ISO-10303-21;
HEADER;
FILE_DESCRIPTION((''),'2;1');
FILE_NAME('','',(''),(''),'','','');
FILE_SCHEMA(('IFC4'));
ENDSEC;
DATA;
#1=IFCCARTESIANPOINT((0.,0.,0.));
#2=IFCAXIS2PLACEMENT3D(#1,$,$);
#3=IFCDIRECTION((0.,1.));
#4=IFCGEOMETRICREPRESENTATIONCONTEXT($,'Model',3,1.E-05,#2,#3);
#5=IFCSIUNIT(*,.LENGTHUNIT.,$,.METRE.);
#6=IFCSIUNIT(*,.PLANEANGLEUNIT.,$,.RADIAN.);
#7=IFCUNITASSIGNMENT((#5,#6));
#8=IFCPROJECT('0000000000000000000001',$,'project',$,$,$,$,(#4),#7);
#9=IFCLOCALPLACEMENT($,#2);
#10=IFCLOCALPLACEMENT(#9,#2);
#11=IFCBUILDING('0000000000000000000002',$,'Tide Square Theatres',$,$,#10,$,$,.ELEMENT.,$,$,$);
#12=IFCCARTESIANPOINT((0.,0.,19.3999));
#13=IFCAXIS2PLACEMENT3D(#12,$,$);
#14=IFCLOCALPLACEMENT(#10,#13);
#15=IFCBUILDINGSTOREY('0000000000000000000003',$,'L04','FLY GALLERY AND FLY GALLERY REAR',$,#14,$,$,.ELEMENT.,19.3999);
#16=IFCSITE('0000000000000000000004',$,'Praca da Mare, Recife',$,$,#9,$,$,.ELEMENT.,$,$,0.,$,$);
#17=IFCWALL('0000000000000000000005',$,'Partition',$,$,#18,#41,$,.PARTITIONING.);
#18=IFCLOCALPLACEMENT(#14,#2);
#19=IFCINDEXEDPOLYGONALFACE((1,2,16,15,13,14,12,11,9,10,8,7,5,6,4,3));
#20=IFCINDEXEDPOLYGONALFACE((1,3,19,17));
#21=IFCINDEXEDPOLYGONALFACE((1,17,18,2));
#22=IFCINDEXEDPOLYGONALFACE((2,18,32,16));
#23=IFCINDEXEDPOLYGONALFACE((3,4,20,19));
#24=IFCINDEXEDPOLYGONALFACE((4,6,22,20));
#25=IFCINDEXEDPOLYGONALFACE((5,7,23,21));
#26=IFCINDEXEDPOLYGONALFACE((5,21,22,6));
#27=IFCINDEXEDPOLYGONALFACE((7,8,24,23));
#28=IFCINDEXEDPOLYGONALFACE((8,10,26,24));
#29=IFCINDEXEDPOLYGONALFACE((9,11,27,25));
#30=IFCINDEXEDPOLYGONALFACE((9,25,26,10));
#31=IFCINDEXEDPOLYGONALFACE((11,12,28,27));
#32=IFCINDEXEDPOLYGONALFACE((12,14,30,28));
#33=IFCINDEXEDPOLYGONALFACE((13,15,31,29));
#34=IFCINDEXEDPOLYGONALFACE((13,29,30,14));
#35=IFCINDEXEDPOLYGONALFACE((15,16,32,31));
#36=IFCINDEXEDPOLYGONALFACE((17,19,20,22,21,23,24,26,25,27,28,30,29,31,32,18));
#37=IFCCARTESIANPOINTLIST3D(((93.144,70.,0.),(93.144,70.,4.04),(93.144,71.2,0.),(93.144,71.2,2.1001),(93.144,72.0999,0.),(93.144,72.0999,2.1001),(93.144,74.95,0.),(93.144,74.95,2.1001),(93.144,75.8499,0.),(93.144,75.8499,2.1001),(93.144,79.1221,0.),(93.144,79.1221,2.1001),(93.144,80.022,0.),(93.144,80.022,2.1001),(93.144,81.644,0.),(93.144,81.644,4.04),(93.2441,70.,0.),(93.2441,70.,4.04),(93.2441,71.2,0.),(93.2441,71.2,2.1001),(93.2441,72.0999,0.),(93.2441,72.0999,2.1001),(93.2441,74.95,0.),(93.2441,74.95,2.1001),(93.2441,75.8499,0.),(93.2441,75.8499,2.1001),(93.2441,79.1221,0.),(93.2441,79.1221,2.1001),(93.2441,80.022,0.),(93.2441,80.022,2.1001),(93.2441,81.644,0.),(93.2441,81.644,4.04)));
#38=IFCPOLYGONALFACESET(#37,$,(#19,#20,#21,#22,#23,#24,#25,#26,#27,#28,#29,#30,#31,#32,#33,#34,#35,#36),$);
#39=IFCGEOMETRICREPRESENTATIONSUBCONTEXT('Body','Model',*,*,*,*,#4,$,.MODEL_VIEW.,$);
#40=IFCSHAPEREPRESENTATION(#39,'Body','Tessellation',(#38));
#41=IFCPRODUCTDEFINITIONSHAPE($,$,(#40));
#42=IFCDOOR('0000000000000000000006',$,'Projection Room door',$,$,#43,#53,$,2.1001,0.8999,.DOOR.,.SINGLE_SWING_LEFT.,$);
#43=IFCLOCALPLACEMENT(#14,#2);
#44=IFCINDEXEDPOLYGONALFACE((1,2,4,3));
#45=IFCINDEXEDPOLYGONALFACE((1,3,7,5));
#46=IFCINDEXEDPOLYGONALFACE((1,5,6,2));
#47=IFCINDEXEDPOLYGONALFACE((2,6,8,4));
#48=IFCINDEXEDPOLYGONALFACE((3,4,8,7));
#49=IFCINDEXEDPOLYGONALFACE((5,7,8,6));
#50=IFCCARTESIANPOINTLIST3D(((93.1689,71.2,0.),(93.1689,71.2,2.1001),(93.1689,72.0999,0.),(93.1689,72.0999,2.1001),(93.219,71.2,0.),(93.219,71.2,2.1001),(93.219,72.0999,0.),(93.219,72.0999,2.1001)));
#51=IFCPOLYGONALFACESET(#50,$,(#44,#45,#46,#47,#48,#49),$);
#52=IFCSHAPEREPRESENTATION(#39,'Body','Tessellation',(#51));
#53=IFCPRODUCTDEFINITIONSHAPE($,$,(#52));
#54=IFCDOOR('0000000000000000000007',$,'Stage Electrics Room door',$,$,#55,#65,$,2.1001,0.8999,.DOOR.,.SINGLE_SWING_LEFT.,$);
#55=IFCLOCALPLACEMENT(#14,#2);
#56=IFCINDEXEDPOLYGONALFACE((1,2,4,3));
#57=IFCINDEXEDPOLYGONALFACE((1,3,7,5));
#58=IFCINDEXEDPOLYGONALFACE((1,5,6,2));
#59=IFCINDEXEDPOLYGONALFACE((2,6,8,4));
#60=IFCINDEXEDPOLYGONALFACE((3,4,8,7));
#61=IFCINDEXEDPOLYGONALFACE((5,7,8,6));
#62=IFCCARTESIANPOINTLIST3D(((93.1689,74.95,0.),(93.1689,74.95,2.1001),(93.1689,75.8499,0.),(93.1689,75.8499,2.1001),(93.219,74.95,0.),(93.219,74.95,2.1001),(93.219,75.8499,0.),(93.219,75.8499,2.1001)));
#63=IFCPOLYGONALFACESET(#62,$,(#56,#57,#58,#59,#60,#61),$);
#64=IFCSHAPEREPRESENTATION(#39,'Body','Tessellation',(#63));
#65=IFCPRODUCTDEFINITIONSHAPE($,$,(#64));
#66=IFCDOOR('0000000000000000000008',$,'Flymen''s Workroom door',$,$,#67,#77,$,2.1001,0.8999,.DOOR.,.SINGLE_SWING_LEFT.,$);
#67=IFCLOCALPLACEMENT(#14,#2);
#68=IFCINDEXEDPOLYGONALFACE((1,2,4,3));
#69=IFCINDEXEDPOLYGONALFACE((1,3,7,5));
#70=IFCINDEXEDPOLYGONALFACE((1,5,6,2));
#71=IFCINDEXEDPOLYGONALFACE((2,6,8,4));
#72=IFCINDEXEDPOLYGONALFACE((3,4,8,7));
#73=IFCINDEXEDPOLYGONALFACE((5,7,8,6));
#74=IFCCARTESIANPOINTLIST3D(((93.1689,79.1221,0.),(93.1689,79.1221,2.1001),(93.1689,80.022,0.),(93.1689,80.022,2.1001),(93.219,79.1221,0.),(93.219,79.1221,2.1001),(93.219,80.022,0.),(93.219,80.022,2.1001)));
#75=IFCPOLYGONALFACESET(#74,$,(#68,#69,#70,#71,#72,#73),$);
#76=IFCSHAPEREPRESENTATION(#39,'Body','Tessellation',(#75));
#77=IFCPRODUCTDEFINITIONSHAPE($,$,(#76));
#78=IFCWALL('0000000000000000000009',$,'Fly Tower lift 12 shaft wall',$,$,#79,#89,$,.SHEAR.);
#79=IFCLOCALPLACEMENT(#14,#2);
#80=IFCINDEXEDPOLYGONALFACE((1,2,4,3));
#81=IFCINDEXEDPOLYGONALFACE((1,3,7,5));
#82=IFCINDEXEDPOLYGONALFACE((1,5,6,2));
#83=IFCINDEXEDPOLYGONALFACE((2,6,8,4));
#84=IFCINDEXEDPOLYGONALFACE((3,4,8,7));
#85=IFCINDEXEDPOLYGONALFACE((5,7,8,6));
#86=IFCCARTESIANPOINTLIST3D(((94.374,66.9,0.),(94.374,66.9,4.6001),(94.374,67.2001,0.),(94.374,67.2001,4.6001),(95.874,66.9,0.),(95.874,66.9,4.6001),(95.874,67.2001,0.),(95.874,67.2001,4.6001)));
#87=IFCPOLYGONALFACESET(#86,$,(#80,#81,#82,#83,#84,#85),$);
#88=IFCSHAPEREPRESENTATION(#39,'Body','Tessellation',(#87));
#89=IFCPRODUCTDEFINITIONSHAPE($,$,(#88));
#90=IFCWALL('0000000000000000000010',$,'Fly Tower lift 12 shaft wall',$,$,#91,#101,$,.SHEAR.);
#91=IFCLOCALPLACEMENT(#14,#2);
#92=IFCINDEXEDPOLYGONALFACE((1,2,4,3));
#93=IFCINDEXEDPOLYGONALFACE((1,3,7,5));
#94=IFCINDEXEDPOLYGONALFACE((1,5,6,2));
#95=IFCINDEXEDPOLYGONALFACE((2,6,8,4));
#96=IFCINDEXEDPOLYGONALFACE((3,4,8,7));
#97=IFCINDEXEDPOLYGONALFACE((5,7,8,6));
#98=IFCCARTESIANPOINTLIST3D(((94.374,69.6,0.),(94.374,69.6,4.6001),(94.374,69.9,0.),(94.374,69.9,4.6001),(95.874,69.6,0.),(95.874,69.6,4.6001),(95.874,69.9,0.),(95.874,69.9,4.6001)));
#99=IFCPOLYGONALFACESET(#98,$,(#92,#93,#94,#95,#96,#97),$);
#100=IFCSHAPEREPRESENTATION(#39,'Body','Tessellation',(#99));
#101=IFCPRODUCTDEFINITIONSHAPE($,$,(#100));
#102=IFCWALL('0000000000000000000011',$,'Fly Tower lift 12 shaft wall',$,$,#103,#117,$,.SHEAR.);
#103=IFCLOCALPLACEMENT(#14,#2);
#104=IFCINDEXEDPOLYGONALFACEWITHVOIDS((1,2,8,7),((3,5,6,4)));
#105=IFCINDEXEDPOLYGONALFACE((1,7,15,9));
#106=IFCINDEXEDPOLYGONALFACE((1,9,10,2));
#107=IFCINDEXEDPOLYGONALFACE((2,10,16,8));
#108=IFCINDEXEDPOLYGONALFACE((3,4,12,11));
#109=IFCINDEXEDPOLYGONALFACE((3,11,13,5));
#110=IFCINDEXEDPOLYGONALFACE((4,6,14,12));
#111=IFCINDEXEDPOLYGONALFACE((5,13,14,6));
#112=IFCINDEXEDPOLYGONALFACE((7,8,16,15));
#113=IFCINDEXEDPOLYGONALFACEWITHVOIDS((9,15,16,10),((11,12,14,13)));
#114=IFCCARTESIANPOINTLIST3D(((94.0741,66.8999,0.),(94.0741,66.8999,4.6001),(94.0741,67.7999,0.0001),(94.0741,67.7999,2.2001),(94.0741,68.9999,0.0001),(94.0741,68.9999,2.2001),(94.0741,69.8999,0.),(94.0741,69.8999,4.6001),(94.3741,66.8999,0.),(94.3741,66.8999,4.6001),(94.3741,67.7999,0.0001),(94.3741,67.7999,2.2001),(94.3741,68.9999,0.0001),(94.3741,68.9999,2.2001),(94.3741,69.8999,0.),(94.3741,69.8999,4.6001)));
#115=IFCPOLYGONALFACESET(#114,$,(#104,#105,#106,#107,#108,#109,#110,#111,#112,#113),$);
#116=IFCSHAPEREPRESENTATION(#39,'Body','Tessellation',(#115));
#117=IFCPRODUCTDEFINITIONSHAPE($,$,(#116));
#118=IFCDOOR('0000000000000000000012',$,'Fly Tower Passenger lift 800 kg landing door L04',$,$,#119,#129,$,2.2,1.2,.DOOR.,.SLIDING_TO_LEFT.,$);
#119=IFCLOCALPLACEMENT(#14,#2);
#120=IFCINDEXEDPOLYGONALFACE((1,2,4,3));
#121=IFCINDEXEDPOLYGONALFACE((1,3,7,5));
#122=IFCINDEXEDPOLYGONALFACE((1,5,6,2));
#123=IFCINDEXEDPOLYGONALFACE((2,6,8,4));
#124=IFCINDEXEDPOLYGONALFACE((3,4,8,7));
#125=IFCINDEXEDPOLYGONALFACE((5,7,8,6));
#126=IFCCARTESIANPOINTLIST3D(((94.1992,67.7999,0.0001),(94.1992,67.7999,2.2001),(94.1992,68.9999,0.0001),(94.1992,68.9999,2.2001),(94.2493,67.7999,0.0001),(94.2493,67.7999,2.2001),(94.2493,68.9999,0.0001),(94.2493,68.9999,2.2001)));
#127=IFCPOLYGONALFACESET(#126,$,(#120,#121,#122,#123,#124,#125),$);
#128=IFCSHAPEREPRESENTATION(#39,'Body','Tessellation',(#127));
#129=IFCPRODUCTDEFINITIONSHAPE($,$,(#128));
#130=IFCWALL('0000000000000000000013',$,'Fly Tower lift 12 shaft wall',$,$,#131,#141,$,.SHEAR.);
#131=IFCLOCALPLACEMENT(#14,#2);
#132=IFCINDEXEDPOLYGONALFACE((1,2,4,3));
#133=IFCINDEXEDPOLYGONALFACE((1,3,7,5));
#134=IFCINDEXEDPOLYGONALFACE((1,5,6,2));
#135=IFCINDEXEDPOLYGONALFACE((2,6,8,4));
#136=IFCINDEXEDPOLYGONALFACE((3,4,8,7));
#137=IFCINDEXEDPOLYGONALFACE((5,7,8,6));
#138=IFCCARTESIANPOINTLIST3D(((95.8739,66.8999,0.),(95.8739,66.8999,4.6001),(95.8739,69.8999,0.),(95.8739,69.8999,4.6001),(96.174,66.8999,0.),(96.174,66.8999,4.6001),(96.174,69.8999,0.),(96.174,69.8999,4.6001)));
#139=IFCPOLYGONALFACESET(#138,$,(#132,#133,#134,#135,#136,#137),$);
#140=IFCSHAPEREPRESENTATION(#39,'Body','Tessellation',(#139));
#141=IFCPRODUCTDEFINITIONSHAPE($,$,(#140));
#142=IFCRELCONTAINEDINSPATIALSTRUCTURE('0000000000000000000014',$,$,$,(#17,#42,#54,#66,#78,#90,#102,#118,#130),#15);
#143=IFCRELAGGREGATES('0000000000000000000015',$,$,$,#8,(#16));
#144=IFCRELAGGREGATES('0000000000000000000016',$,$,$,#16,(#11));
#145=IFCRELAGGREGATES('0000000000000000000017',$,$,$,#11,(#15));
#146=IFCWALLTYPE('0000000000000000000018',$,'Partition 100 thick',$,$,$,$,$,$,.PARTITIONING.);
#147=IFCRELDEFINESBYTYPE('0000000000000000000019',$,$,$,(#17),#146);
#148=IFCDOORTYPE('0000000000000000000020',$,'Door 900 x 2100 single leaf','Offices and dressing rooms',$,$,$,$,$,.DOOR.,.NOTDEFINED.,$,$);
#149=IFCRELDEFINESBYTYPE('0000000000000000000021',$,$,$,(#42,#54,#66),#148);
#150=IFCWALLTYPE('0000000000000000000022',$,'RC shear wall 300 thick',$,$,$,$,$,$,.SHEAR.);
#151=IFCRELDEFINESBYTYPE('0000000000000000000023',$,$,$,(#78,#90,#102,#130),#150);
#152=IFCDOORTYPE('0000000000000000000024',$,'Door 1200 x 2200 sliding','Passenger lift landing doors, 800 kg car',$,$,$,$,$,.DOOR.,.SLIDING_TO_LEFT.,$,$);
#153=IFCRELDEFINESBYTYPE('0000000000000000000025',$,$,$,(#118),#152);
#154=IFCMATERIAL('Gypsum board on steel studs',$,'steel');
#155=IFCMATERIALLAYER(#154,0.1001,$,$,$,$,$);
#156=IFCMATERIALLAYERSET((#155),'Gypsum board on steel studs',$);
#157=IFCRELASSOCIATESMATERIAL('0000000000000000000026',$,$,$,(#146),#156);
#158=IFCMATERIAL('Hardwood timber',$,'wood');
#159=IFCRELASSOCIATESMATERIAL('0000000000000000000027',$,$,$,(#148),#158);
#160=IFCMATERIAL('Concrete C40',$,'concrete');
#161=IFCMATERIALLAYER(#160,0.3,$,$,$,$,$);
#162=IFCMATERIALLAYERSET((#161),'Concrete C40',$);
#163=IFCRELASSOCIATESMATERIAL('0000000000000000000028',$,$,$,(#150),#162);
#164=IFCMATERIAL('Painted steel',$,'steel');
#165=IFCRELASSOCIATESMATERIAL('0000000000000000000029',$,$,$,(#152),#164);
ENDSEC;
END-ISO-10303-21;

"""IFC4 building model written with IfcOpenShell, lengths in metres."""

from ifc_helpers import new_model, si_unit, direction, frame, frame_2d, origin, place, context, subcontext, project, spatial, rectangle, extrude, material, layer, layer_set, type_object, element, fill, save


model = new_model("IFC4")

# Units and contexts
model_context = context("Model", 3, precision=1e-05, world=origin(), true_north=direction((0.0, 1.0)))
body_context = subcontext(model_context, "Body", "Model", "MODEL_VIEW")
ifc_project = project(units=[si_unit("LENGTHUNIT", "METRE"), si_unit("PLANEANGLEUNIT", "RADIAN")], contexts=[model_context])

# Site, building, storey
site_placement = place(None, origin())
site = spatial("IfcSite", under=ifc_project, at=site_placement, Name="Praca da Mare, Recife", CompositionType="ELEMENT", RefElevation=0.0)
building_placement = place(site_placement, origin())
building = spatial("IfcBuilding", under=site, at=building_placement, Name="Tide Square Theatres", CompositionType="ELEMENT")
storey_placement = place(building_placement, frame((0.0, 0.0, 19.3999)))
storey = spatial("IfcBuildingStorey", under=building, at=storey_placement, Name="L04", Description="FLY GALLERY AND FLY GALLERY REAR", CompositionType="ELEMENT", Elevation=19.3999)

# Wall, openings, doors
ifc_material_1 = material(Name="Gypsum board on steel studs", Category="steel")
ifc_layer_1 = layer(ifc_material_1, 0.1001)
ifc_layer_set_1 = layer_set([ifc_layer_1], Name="Gypsum board on steel studs")
wall_type_1 = type_object("IfcWallType", Name="Partition 100 thick", PredefinedType="PARTITIONING", material=ifc_layer_set_1)
wall_1_placement = place(storey_placement, frame((93.1941, 70.0, 0.0), z_axis=(0.0, 0.0, 1.0), x_axis=(0.0, 1.0, 0.0)))
wall_1 = element("IfcWall", 1, at=wall_1_placement, inside=storey, type_object=wall_type_1, Name="Partition", PredefinedType="PARTITIONING", context=body_context, shape_type="SweptSolid", body=[
    extrude(rectangle(XDim=11.644, YDim=0.1001, at=frame_2d((5.822, 0.0))), origin(), (0.0, 0.0, 1.0), 4.04),
])
opening_1_placement = place(wall_1_placement, frame((1.2, 0.0, 0.0)))
opening_1 = element("IfcOpeningElement", 2, at=opening_1_placement, cuts=wall_1, PredefinedType="OPENING", context=body_context, shape_type="SweptSolid", body=[
    extrude(rectangle(XDim=0.8999, YDim=2.1001, at=frame_2d((0.45, 1.05))), frame((0.0, 0.0601, 0.0), z_axis=(0.0, -1.0, 0.0), x_axis=(1.0, 0.0, 0.0)), (0.0, 0.0, 1.0), 0.1201),
])
opening_2_placement = place(wall_1_placement, frame((4.95, 0.0, 0.0)))
opening_2 = element("IfcOpeningElement", 3, at=opening_2_placement, cuts=wall_1, PredefinedType="OPENING", context=body_context, shape_type="SweptSolid", body=[
    extrude(rectangle(XDim=0.8999, YDim=2.1001, at=frame_2d((0.45, 1.05))), frame((0.0, 0.0601, 0.0), z_axis=(0.0, -1.0, 0.0), x_axis=(1.0, 0.0, 0.0)), (0.0, 0.0, 1.0), 0.1201),
])
opening_3_placement = place(wall_1_placement, frame((9.1221, 0.0, 0.0)))
opening_3 = element("IfcOpeningElement", 4, at=opening_3_placement, cuts=wall_1, PredefinedType="OPENING", context=body_context, shape_type="SweptSolid", body=[
    extrude(rectangle(XDim=0.8999, YDim=2.1001, at=frame_2d((0.45, 1.05))), frame((0.0, 0.0601, 0.0), z_axis=(0.0, -1.0, 0.0), x_axis=(1.0, 0.0, 0.0)), (0.0, 0.0, 1.0), 0.1201),
])
ifc_material_2 = material(Name="Hardwood timber", Category="wood")
door_type_1 = type_object("IfcDoorType", Name="Door 900 x 2100 single leaf", Description="Offices and dressing rooms", OperationType="NOTDEFINED", PredefinedType="DOOR", material=ifc_material_2)
door_1_placement = place(opening_1_placement, frame((0.8999, 0.0, 0.0), z_axis=(0.0, 0.0, 1.0), x_axis=(-1.0, 0.0, 0.0)))
door_1 = element("IfcDoor", 5, at=door_1_placement, inside=storey, type_object=door_type_1, Name="Projection Room door", OperationType="SINGLE_SWING_LEFT", OverallHeight=2.1001, OverallWidth=0.8999, PredefinedType="DOOR", context=body_context, shape_type="SweptSolid", body=[
    extrude(rectangle(XDim=0.8999, YDim=2.1001, at=frame_2d((0.45, 1.05))), frame((0.0, 0.0249, 0.0), z_axis=(0.0, -1.0, 0.0), x_axis=(1.0, 0.0, 0.0)), (0.0, 0.0, 1.0), 0.05),
])
fill(opening_1, door_1)
door_2_placement = place(opening_2_placement, frame((0.8999, 0.0, 0.0), z_axis=(0.0, 0.0, 1.0), x_axis=(-1.0, 0.0, 0.0)))
door_2 = element("IfcDoor", 6, at=door_2_placement, inside=storey, type_object=door_type_1, Name="Stage Electrics Room door", OperationType="SINGLE_SWING_LEFT", OverallHeight=2.1001, OverallWidth=0.8999, PredefinedType="DOOR", context=body_context, shape_type="SweptSolid", body=[
    extrude(rectangle(XDim=0.8999, YDim=2.1001, at=frame_2d((0.45, 1.05))), frame((0.0, 0.0249, 0.0), z_axis=(0.0, -1.0, 0.0), x_axis=(1.0, 0.0, 0.0)), (0.0, 0.0, 1.0), 0.05),
])
fill(opening_2, door_2)
door_3_placement = place(opening_3_placement, frame((0.8999, 0.0, 0.0), z_axis=(0.0, 0.0, 1.0), x_axis=(-1.0, 0.0, 0.0)))
door_3 = element("IfcDoor", 7, at=door_3_placement, inside=storey, type_object=door_type_1, Name="Flymen's Workroom door", OperationType="SINGLE_SWING_LEFT", OverallHeight=2.1001, OverallWidth=0.8999, PredefinedType="DOOR", context=body_context, shape_type="SweptSolid", body=[
    extrude(rectangle(XDim=0.8999, YDim=2.1001, at=frame_2d((0.45, 1.05))), frame((0.0, 0.0249, 0.0), z_axis=(0.0, -1.0, 0.0), x_axis=(1.0, 0.0, 0.0)), (0.0, 0.0, 1.0), 0.05),
])
fill(opening_3, door_3)

# Walls
ifc_material_3 = material(Name="Concrete C40", Category="concrete")
ifc_layer_2 = layer(ifc_material_3, 0.3)
ifc_layer_set_2 = layer_set([ifc_layer_2], Name="Concrete C40")
wall_type_2 = type_object("IfcWallType", Name="RC shear wall 300 thick", PredefinedType="SHEAR", material=ifc_layer_set_2)
for number, where, z_axis, x_axis, name in (
    (8, (94.374, 67.05, 0.0), (0.0, 0.0, 1.0), (1.0, 0.0, 0.0), "Fly Tower lift 12 shaft wall"),
    (9, (95.874, 69.75, 0.0), (0.0, 0.0, 1.0), (-1.0, 0.0, 0.0), "Fly Tower lift 12 shaft wall"),
):
    element("IfcWall", number, at=place(storey_placement, frame(where, z_axis=z_axis, x_axis=x_axis)), inside=storey, type_object=wall_type_2, Name=name, PredefinedType="SHEAR", context=body_context, shape_type="SweptSolid", body=[
        extrude(rectangle(XDim=1.5, YDim=0.3, at=frame_2d((0.75, 0.0))), origin(), (0.0, 0.0, 1.0), 4.6001),
    ])

# Wall, opening, door
wall_2_placement = place(storey_placement, frame((94.2241, 66.8999, 0.0), z_axis=(0.0, 0.0, 1.0), x_axis=(0.0, 1.0, 0.0)))
wall_2 = element("IfcWall", 10, at=wall_2_placement, inside=storey, type_object=wall_type_2, Name="Fly Tower lift 12 shaft wall", PredefinedType="SHEAR", context=body_context, shape_type="SweptSolid", body=[
    extrude(rectangle(XDim=3.0, YDim=0.3, at=frame_2d((1.5, 0.0))), origin(), (0.0, 0.0, 1.0), 4.6001),
])
opening_4_placement = place(wall_2_placement, frame((0.8999, 0.0, 0.0)))
opening_4 = element("IfcOpeningElement", 11, at=opening_4_placement, cuts=wall_2, PredefinedType="OPENING", context=body_context, shape_type="SweptSolid", body=[
    extrude(rectangle(XDim=1.2, YDim=2.2, at=frame_2d((0.6001, 1.1001))), frame((0.0, 0.1599, 0.0), z_axis=(0.0, -1.0, 0.0), x_axis=(1.0, 0.0, 0.0)), (0.0, 0.0, 1.0), 0.3201),
])
ifc_material_4 = material(Name="Painted steel", Category="steel")
door_type_2 = type_object("IfcDoorType", Name="Door 1200 x 2200 sliding", Description="Passenger lift landing doors, 800 kg car", OperationType="SLIDING_TO_LEFT", PredefinedType="DOOR", material=ifc_material_4)
door_4_placement = place(opening_4_placement, origin())
door_4 = element("IfcDoor", 12, at=door_4_placement, inside=storey, type_object=door_type_2, Name="Fly Tower Passenger lift 800 kg landing door L04", OperationType="SLIDING_TO_LEFT", OverallHeight=2.2, OverallWidth=1.2, PredefinedType="DOOR", context=body_context, shape_type="SweptSolid", body=[
    extrude(rectangle(XDim=1.2, YDim=2.2, at=frame_2d((0.6001, 1.1001))), frame((0.0, 0.0249, 0.0), z_axis=(0.0, -1.0, 0.0), x_axis=(1.0, 0.0, 0.0)), (0.0, 0.0, 1.0), 0.05),
])
fill(opening_4, door_4)

# Wall
wall_3_placement = place(storey_placement, frame((96.0239, 66.8999, 0.0), z_axis=(0.0, 0.0, 1.0), x_axis=(0.0, 1.0, 0.0)))
element("IfcWall", 13, at=wall_3_placement, inside=storey, type_object=wall_type_2, Name="Fly Tower lift 12 shaft wall", PredefinedType="SHEAR", context=body_context, shape_type="SweptSolid", body=[
    extrude(rectangle(XDim=3.0, YDim=0.3, at=frame_2d((1.5, 0.0))), origin(), (0.0, 0.0, 1.0), 4.6001),
])

save(model, "model.ifc")
